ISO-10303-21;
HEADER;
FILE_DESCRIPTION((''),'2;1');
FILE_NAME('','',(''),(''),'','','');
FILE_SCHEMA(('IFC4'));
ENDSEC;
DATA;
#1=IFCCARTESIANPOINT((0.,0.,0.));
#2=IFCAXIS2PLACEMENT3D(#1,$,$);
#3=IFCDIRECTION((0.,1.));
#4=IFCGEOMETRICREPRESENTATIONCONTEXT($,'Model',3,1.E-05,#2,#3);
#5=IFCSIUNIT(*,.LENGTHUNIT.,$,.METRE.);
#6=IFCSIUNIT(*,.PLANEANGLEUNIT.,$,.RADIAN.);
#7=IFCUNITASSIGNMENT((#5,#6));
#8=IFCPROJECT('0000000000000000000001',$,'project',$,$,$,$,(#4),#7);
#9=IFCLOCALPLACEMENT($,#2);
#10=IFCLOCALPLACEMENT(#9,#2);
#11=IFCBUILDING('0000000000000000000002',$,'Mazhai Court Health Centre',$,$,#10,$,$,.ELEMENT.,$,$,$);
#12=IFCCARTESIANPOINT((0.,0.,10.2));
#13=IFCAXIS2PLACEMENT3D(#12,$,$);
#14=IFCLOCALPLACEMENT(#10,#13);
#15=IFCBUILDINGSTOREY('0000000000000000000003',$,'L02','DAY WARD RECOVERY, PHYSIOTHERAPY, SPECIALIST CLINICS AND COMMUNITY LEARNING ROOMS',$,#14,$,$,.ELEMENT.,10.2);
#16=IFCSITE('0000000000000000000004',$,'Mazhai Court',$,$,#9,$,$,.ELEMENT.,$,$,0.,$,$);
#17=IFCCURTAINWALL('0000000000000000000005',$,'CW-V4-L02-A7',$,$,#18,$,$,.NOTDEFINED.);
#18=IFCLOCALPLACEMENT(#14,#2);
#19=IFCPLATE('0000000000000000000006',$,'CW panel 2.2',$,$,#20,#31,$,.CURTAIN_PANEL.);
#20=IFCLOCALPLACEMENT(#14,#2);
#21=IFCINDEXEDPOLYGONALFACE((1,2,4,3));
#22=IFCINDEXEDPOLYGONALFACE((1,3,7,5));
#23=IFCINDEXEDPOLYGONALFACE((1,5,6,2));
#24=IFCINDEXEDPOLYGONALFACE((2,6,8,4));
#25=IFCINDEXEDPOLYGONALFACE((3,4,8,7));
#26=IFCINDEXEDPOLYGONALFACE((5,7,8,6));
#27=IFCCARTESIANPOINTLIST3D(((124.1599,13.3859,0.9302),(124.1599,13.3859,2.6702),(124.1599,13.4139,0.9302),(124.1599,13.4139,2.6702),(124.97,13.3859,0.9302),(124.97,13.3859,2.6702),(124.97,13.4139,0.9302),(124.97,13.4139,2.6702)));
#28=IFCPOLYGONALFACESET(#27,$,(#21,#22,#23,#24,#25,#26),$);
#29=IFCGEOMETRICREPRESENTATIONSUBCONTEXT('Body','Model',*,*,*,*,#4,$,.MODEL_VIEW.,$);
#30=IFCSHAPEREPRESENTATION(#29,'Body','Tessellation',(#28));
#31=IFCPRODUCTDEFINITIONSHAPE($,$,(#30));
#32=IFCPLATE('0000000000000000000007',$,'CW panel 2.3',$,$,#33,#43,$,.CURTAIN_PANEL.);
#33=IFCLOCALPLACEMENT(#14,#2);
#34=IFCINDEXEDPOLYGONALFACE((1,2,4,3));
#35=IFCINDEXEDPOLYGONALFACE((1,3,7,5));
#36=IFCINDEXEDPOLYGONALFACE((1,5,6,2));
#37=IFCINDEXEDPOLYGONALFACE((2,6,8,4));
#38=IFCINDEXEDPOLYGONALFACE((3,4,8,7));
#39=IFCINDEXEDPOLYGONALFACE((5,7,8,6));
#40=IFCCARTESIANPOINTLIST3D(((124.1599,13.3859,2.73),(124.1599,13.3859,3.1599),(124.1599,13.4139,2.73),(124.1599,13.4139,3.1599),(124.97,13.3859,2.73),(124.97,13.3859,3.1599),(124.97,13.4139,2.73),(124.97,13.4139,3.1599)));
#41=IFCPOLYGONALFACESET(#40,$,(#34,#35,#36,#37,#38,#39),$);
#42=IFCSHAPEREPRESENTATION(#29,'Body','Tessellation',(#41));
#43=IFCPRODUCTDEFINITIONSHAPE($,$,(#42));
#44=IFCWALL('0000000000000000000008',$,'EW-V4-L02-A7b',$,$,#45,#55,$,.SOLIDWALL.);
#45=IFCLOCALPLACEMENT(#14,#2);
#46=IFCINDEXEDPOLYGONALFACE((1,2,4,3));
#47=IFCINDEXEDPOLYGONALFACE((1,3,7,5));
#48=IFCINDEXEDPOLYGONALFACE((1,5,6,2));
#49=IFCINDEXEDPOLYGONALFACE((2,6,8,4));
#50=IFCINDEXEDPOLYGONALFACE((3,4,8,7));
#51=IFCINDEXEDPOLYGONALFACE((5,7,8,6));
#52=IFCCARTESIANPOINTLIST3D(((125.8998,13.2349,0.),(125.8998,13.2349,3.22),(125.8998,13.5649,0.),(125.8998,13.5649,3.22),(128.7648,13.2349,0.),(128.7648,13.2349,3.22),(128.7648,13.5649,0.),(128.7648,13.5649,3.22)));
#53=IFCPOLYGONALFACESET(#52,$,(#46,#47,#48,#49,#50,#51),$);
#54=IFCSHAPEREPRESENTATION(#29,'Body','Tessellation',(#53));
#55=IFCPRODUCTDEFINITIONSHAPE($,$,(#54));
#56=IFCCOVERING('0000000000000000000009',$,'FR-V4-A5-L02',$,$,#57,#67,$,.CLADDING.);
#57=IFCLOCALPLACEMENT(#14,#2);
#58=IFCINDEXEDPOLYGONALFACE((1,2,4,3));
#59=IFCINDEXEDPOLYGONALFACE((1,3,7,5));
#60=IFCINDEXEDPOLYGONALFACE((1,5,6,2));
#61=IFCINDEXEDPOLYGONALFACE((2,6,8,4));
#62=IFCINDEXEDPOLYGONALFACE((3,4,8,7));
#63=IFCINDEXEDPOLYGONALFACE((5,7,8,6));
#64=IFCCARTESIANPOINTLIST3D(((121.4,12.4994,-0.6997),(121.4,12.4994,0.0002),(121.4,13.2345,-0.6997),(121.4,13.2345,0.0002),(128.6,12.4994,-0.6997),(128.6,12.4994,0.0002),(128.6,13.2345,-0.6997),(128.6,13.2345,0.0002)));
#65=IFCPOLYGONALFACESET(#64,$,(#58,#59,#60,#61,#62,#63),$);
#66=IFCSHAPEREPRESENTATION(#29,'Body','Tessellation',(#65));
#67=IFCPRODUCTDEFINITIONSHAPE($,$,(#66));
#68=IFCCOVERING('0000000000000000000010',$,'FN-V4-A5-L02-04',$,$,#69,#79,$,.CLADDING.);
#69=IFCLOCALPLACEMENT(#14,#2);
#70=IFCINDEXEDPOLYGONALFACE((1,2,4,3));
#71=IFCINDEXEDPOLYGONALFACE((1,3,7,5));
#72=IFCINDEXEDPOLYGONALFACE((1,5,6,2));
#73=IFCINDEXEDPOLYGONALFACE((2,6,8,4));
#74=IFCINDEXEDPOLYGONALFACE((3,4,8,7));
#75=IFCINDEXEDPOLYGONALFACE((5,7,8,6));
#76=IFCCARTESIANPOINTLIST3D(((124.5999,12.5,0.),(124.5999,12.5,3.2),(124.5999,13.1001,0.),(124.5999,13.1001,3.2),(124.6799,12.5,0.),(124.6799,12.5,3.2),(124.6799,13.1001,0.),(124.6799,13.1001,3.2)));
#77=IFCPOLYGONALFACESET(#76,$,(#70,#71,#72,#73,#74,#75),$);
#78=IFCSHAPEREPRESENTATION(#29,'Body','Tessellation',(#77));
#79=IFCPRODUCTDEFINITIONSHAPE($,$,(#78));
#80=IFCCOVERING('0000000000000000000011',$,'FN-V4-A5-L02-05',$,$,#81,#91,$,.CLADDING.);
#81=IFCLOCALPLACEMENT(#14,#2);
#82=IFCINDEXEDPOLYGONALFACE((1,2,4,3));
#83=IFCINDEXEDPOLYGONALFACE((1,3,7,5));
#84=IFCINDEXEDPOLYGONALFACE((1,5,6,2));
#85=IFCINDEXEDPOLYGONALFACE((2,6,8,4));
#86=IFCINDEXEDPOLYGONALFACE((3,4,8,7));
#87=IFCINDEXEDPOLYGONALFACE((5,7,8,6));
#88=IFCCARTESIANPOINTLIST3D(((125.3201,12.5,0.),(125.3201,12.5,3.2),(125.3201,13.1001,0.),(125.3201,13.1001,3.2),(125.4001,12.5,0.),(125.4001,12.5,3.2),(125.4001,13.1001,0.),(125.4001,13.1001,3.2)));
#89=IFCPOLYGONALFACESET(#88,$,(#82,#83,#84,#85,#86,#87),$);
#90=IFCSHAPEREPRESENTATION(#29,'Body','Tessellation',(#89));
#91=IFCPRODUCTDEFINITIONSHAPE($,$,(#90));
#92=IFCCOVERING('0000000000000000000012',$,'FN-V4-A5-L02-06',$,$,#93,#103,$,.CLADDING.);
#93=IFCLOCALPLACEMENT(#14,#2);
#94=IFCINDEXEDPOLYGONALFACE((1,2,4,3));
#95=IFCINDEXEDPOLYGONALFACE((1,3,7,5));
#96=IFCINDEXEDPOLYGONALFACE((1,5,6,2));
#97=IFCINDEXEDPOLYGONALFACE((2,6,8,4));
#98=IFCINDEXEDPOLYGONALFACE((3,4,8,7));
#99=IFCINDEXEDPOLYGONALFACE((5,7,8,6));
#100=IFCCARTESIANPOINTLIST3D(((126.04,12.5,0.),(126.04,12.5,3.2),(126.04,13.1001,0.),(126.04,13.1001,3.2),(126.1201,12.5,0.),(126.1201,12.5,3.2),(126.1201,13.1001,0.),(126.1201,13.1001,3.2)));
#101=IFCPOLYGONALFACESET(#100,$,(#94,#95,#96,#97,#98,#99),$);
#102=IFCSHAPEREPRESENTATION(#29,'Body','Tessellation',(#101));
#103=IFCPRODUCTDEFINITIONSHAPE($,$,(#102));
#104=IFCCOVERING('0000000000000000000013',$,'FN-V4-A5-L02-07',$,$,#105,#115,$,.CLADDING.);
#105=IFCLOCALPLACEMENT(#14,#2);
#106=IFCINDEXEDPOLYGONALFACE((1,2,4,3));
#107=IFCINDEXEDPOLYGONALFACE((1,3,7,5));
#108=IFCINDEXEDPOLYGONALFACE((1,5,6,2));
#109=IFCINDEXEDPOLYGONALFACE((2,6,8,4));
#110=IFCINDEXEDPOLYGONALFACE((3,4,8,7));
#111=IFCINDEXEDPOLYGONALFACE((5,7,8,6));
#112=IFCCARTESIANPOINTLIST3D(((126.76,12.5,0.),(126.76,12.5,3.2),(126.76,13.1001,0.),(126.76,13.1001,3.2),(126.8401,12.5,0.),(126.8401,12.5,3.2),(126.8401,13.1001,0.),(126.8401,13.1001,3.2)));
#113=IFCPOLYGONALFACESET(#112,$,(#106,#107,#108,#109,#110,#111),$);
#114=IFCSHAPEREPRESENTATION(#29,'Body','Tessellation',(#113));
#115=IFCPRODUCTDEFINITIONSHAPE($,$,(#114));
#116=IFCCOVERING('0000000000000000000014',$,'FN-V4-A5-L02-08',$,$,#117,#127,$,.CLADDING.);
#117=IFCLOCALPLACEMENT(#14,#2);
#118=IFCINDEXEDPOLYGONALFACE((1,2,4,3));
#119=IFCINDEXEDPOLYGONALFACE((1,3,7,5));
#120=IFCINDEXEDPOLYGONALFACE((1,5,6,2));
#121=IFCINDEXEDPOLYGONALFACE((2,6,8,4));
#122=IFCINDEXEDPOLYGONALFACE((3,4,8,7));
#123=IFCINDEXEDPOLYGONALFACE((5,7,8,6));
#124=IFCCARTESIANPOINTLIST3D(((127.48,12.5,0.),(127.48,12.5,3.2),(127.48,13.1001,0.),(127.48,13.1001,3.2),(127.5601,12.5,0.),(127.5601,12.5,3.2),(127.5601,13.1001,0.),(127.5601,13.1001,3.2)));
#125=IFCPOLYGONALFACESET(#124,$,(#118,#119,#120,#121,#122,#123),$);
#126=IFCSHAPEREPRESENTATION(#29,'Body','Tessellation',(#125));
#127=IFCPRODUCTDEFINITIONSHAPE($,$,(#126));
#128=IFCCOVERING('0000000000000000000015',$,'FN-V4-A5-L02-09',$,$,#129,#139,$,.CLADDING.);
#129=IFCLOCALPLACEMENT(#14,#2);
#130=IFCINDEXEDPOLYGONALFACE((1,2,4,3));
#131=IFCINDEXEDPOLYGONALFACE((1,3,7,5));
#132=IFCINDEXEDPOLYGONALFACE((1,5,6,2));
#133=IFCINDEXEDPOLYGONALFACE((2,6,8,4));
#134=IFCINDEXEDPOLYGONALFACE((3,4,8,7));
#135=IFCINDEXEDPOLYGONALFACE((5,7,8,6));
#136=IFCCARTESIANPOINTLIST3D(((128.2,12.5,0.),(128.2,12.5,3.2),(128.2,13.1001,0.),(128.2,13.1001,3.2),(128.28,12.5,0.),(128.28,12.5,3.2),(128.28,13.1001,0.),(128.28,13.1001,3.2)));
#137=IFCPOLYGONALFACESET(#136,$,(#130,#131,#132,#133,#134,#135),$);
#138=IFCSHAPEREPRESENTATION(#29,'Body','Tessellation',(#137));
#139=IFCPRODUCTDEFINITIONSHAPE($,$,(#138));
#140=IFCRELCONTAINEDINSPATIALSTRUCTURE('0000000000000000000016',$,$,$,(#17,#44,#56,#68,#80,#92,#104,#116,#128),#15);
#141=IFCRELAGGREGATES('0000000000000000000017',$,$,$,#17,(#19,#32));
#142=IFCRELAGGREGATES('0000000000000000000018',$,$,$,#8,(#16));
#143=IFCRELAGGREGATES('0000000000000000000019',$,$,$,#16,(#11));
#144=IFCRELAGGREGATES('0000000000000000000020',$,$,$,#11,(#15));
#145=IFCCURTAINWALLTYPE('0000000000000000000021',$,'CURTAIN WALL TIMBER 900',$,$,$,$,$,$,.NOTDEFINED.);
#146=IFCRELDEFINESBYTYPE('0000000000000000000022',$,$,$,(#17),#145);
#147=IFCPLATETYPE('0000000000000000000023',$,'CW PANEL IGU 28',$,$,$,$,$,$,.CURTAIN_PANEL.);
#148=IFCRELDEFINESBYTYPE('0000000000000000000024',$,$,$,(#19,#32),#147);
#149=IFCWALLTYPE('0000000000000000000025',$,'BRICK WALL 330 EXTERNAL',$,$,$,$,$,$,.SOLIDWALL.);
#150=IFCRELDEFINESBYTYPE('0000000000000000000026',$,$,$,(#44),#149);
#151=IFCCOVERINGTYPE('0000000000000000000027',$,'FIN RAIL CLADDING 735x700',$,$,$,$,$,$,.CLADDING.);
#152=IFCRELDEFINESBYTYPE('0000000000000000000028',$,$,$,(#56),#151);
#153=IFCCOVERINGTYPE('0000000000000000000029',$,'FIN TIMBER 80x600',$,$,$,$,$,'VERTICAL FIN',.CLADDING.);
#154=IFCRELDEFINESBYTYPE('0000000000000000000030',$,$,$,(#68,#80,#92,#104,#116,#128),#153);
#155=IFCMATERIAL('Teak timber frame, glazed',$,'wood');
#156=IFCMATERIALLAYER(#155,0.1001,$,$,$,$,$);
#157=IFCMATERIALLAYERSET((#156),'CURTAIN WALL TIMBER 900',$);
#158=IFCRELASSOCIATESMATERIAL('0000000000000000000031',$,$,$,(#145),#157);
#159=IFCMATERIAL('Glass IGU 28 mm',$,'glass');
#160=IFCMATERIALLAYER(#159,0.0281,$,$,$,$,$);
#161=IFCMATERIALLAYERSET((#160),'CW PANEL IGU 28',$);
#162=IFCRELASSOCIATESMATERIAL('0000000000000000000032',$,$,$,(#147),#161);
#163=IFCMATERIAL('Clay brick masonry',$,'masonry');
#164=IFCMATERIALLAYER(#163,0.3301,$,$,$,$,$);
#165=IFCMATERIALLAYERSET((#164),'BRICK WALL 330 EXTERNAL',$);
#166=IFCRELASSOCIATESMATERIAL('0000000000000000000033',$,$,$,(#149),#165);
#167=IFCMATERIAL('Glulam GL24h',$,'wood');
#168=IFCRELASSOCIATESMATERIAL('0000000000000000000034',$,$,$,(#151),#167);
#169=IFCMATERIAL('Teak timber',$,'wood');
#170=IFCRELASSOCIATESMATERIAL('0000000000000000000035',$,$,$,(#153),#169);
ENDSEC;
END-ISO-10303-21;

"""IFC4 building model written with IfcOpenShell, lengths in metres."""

from ifc_helpers import new_model, si_unit, direction, frame, frame_2d, origin, origin_2d, place, context, subcontext, project, spatial, rectangle, extrude, material, layer, layer_set, type_object, element, aggregate, save


model = new_model("IFC4")

# Units and contexts
model_context = context("Model", 3, precision=1e-05, world=origin(), true_north=direction((0.0, 1.0)))
body_context = subcontext(model_context, "Body", "Model", "MODEL_VIEW")
ifc_project = project(units=[si_unit("LENGTHUNIT", "METRE"), si_unit("PLANEANGLEUNIT", "RADIAN")], contexts=[model_context])

# Site, building, storey
site_placement = place(None, origin())
site = spatial("IfcSite", under=ifc_project, at=site_placement, Name="Mazhai Court", CompositionType="ELEMENT", RefElevation=0.0)
building_placement = place(site_placement, origin())
building = spatial("IfcBuilding", under=site, at=building_placement, Name="Mazhai Court Health Centre", CompositionType="ELEMENT")
storey_placement = place(building_placement, frame((0.0, 0.0, 10.2)))
storey = spatial("IfcBuildingStorey", under=building, at=storey_placement, Name="L02", Description="DAY WARD RECOVERY, PHYSIOTHERAPY, SPECIALIST CLINICS AND COMMUNITY LEARNING ROOMS", CompositionType="ELEMENT", Elevation=10.2)

# Curtain wall, plates
ifc_material_1 = material(Name="Teak timber frame, glazed", Category="wood")
ifc_layer_1 = layer(ifc_material_1, 0.1001)
ifc_layer_set_1 = layer_set([ifc_layer_1], Name="CURTAIN WALL TIMBER 900")
curtain_wall_type = type_object("IfcCurtainWallType", Name="CURTAIN WALL TIMBER 900", PredefinedType="NOTDEFINED", material=ifc_layer_set_1)
curtain_wall_placement = place(storey_placement, origin())
curtain_wall = element("IfcCurtainWall", 1, at=curtain_wall_placement, inside=storey, type_object=curtain_wall_type, Name="CW-V4-L02-A7", PredefinedType="NOTDEFINED")
ifc_material_2 = material(Name="Glass IGU 28 mm", Category="glass")
ifc_layer_2 = layer(ifc_material_2, 0.0281)
ifc_layer_set_2 = layer_set([ifc_layer_2], Name="CW PANEL IGU 28")
plate_type = type_object("IfcPlateType", Name="CW PANEL IGU 28", PredefinedType="CURTAIN_PANEL", material=ifc_layer_set_2)
plate_1_placement = place(storey_placement, frame((124.5649, 13.3999, 0.9302), z_axis=(0.0, 0.0, 1.0), x_axis=(-1.0, 0.0, 0.0)))
plate_1 = element("IfcPlate", 2, at=plate_1_placement, type_object=plate_type, Name="CW panel 2.2", PredefinedType="CURTAIN_PANEL", context=body_context, shape_type="SweptSolid", body=[
    extrude(rectangle(XDim=0.8101, YDim=0.0281, at=origin_2d()), origin(), (0.0, 0.0, 1.0), 1.74),
])
plate_2_placement = place(storey_placement, frame((124.5649, 13.3999, 2.73), z_axis=(0.0, 0.0, 1.0), x_axis=(-1.0, 0.0, 0.0)))
plate_2 = element("IfcPlate", 3, at=plate_2_placement, type_object=plate_type, Name="CW panel 2.3", PredefinedType="CURTAIN_PANEL", context=body_context, shape_type="SweptSolid", body=[
    extrude(rectangle(XDim=0.8101, YDim=0.0281, at=origin_2d()), origin(), (0.0, 0.0, 1.0), 0.4299),
])
aggregate(curtain_wall, [plate_1, plate_2])

# Wall
ifc_material_3 = material(Name="Clay brick masonry", Category="masonry")
ifc_layer_3 = layer(ifc_material_3, 0.3301)
ifc_layer_set_3 = layer_set([ifc_layer_3], Name="BRICK WALL 330 EXTERNAL")
wall_type = type_object("IfcWallType", Name="BRICK WALL 330 EXTERNAL", PredefinedType="SOLIDWALL", material=ifc_layer_set_3)
wall_placement = place(storey_placement, frame((128.7649, 13.3999, 0.0), z_axis=(0.0, 0.0, 1.0), x_axis=(-1.0, 0.0, 0.0)))
element("IfcWall", 4, at=wall_placement, inside=storey, type_object=wall_type, Name="EW-V4-L02-A7b", PredefinedType="SOLIDWALL", context=body_context, shape_type="SweptSolid", body=[
    extrude(rectangle(XDim=2.865, YDim=0.3301, at=frame_2d((1.4326, 0.0))), origin(), (0.0, 0.0, 1.0), 3.22),
])

# Coverings
ifc_material_4 = material(Name="Glulam GL24h", Category="wood")
covering_type_1 = type_object("IfcCoveringType", Name="FIN RAIL CLADDING 735x700", PredefinedType="CLADDING", material=ifc_material_4)
covering_placement = place(storey_placement, frame((125.0, 12.8669, -0.6997), z_axis=(0.0, 0.0, 1.0), x_axis=(1.0, 0.0, 0.0)))
element("IfcCovering", 5, at=covering_placement, inside=storey, type_object=covering_type_1, Name="FR-V4-A5-L02", PredefinedType="CLADDING", context=body_context, shape_type="SweptSolid", body=[
    extrude(rectangle(XDim=7.2, YDim=0.7351, at=origin_2d()), origin(), (0.0, 0.0, 1.0), 0.7),
])
ifc_material_5 = material(Name="Teak timber", Category="wood")
covering_type_2 = type_object("IfcCoveringType", Name="FIN TIMBER 80x600", ElementType="VERTICAL FIN", PredefinedType="CLADDING", material=ifc_material_5)
for number, where, z_axis, x_axis, name in (
    (6, (124.6399, 12.8, 0.0), (0.0, 0.0, 1.0), (1.0, 0.0, 0.0), "FN-V4-A5-L02-04"),
    (7, (125.3601, 12.8, 0.0), (0.0, 0.0, 1.0), (1.0, 0.0, 0.0), "FN-V4-A5-L02-05"),
    (8, (126.0801, 12.8, 0.0), (0.0, 0.0, 1.0), (1.0, 0.0, 0.0), "FN-V4-A5-L02-06"),
    (9, (126.8, 12.8, 0.0), (0.0, 0.0, 1.0), (1.0, 0.0, 0.0), "FN-V4-A5-L02-07"),
    (10, (127.52, 12.8, 0.0), (0.0, 0.0, 1.0), (1.0, 0.0, 0.0), "FN-V4-A5-L02-08"),
    (11, (128.24, 12.8, 0.0), (0.0, 0.0, 1.0), (1.0, 0.0, 0.0), "FN-V4-A5-L02-09"),
):
    element("IfcCovering", number, at=place(storey_placement, frame(where, z_axis=z_axis, x_axis=x_axis)), inside=storey, type_object=covering_type_2, Name=name, PredefinedType="CLADDING", context=body_context, shape_type="SweptSolid", body=[
        extrude(rectangle(XDim=0.0801, YDim=0.6001, at=origin_2d()), origin(), (0.0, 0.0, 1.0), 3.2),
    ])

save(model, "model.ifc")
